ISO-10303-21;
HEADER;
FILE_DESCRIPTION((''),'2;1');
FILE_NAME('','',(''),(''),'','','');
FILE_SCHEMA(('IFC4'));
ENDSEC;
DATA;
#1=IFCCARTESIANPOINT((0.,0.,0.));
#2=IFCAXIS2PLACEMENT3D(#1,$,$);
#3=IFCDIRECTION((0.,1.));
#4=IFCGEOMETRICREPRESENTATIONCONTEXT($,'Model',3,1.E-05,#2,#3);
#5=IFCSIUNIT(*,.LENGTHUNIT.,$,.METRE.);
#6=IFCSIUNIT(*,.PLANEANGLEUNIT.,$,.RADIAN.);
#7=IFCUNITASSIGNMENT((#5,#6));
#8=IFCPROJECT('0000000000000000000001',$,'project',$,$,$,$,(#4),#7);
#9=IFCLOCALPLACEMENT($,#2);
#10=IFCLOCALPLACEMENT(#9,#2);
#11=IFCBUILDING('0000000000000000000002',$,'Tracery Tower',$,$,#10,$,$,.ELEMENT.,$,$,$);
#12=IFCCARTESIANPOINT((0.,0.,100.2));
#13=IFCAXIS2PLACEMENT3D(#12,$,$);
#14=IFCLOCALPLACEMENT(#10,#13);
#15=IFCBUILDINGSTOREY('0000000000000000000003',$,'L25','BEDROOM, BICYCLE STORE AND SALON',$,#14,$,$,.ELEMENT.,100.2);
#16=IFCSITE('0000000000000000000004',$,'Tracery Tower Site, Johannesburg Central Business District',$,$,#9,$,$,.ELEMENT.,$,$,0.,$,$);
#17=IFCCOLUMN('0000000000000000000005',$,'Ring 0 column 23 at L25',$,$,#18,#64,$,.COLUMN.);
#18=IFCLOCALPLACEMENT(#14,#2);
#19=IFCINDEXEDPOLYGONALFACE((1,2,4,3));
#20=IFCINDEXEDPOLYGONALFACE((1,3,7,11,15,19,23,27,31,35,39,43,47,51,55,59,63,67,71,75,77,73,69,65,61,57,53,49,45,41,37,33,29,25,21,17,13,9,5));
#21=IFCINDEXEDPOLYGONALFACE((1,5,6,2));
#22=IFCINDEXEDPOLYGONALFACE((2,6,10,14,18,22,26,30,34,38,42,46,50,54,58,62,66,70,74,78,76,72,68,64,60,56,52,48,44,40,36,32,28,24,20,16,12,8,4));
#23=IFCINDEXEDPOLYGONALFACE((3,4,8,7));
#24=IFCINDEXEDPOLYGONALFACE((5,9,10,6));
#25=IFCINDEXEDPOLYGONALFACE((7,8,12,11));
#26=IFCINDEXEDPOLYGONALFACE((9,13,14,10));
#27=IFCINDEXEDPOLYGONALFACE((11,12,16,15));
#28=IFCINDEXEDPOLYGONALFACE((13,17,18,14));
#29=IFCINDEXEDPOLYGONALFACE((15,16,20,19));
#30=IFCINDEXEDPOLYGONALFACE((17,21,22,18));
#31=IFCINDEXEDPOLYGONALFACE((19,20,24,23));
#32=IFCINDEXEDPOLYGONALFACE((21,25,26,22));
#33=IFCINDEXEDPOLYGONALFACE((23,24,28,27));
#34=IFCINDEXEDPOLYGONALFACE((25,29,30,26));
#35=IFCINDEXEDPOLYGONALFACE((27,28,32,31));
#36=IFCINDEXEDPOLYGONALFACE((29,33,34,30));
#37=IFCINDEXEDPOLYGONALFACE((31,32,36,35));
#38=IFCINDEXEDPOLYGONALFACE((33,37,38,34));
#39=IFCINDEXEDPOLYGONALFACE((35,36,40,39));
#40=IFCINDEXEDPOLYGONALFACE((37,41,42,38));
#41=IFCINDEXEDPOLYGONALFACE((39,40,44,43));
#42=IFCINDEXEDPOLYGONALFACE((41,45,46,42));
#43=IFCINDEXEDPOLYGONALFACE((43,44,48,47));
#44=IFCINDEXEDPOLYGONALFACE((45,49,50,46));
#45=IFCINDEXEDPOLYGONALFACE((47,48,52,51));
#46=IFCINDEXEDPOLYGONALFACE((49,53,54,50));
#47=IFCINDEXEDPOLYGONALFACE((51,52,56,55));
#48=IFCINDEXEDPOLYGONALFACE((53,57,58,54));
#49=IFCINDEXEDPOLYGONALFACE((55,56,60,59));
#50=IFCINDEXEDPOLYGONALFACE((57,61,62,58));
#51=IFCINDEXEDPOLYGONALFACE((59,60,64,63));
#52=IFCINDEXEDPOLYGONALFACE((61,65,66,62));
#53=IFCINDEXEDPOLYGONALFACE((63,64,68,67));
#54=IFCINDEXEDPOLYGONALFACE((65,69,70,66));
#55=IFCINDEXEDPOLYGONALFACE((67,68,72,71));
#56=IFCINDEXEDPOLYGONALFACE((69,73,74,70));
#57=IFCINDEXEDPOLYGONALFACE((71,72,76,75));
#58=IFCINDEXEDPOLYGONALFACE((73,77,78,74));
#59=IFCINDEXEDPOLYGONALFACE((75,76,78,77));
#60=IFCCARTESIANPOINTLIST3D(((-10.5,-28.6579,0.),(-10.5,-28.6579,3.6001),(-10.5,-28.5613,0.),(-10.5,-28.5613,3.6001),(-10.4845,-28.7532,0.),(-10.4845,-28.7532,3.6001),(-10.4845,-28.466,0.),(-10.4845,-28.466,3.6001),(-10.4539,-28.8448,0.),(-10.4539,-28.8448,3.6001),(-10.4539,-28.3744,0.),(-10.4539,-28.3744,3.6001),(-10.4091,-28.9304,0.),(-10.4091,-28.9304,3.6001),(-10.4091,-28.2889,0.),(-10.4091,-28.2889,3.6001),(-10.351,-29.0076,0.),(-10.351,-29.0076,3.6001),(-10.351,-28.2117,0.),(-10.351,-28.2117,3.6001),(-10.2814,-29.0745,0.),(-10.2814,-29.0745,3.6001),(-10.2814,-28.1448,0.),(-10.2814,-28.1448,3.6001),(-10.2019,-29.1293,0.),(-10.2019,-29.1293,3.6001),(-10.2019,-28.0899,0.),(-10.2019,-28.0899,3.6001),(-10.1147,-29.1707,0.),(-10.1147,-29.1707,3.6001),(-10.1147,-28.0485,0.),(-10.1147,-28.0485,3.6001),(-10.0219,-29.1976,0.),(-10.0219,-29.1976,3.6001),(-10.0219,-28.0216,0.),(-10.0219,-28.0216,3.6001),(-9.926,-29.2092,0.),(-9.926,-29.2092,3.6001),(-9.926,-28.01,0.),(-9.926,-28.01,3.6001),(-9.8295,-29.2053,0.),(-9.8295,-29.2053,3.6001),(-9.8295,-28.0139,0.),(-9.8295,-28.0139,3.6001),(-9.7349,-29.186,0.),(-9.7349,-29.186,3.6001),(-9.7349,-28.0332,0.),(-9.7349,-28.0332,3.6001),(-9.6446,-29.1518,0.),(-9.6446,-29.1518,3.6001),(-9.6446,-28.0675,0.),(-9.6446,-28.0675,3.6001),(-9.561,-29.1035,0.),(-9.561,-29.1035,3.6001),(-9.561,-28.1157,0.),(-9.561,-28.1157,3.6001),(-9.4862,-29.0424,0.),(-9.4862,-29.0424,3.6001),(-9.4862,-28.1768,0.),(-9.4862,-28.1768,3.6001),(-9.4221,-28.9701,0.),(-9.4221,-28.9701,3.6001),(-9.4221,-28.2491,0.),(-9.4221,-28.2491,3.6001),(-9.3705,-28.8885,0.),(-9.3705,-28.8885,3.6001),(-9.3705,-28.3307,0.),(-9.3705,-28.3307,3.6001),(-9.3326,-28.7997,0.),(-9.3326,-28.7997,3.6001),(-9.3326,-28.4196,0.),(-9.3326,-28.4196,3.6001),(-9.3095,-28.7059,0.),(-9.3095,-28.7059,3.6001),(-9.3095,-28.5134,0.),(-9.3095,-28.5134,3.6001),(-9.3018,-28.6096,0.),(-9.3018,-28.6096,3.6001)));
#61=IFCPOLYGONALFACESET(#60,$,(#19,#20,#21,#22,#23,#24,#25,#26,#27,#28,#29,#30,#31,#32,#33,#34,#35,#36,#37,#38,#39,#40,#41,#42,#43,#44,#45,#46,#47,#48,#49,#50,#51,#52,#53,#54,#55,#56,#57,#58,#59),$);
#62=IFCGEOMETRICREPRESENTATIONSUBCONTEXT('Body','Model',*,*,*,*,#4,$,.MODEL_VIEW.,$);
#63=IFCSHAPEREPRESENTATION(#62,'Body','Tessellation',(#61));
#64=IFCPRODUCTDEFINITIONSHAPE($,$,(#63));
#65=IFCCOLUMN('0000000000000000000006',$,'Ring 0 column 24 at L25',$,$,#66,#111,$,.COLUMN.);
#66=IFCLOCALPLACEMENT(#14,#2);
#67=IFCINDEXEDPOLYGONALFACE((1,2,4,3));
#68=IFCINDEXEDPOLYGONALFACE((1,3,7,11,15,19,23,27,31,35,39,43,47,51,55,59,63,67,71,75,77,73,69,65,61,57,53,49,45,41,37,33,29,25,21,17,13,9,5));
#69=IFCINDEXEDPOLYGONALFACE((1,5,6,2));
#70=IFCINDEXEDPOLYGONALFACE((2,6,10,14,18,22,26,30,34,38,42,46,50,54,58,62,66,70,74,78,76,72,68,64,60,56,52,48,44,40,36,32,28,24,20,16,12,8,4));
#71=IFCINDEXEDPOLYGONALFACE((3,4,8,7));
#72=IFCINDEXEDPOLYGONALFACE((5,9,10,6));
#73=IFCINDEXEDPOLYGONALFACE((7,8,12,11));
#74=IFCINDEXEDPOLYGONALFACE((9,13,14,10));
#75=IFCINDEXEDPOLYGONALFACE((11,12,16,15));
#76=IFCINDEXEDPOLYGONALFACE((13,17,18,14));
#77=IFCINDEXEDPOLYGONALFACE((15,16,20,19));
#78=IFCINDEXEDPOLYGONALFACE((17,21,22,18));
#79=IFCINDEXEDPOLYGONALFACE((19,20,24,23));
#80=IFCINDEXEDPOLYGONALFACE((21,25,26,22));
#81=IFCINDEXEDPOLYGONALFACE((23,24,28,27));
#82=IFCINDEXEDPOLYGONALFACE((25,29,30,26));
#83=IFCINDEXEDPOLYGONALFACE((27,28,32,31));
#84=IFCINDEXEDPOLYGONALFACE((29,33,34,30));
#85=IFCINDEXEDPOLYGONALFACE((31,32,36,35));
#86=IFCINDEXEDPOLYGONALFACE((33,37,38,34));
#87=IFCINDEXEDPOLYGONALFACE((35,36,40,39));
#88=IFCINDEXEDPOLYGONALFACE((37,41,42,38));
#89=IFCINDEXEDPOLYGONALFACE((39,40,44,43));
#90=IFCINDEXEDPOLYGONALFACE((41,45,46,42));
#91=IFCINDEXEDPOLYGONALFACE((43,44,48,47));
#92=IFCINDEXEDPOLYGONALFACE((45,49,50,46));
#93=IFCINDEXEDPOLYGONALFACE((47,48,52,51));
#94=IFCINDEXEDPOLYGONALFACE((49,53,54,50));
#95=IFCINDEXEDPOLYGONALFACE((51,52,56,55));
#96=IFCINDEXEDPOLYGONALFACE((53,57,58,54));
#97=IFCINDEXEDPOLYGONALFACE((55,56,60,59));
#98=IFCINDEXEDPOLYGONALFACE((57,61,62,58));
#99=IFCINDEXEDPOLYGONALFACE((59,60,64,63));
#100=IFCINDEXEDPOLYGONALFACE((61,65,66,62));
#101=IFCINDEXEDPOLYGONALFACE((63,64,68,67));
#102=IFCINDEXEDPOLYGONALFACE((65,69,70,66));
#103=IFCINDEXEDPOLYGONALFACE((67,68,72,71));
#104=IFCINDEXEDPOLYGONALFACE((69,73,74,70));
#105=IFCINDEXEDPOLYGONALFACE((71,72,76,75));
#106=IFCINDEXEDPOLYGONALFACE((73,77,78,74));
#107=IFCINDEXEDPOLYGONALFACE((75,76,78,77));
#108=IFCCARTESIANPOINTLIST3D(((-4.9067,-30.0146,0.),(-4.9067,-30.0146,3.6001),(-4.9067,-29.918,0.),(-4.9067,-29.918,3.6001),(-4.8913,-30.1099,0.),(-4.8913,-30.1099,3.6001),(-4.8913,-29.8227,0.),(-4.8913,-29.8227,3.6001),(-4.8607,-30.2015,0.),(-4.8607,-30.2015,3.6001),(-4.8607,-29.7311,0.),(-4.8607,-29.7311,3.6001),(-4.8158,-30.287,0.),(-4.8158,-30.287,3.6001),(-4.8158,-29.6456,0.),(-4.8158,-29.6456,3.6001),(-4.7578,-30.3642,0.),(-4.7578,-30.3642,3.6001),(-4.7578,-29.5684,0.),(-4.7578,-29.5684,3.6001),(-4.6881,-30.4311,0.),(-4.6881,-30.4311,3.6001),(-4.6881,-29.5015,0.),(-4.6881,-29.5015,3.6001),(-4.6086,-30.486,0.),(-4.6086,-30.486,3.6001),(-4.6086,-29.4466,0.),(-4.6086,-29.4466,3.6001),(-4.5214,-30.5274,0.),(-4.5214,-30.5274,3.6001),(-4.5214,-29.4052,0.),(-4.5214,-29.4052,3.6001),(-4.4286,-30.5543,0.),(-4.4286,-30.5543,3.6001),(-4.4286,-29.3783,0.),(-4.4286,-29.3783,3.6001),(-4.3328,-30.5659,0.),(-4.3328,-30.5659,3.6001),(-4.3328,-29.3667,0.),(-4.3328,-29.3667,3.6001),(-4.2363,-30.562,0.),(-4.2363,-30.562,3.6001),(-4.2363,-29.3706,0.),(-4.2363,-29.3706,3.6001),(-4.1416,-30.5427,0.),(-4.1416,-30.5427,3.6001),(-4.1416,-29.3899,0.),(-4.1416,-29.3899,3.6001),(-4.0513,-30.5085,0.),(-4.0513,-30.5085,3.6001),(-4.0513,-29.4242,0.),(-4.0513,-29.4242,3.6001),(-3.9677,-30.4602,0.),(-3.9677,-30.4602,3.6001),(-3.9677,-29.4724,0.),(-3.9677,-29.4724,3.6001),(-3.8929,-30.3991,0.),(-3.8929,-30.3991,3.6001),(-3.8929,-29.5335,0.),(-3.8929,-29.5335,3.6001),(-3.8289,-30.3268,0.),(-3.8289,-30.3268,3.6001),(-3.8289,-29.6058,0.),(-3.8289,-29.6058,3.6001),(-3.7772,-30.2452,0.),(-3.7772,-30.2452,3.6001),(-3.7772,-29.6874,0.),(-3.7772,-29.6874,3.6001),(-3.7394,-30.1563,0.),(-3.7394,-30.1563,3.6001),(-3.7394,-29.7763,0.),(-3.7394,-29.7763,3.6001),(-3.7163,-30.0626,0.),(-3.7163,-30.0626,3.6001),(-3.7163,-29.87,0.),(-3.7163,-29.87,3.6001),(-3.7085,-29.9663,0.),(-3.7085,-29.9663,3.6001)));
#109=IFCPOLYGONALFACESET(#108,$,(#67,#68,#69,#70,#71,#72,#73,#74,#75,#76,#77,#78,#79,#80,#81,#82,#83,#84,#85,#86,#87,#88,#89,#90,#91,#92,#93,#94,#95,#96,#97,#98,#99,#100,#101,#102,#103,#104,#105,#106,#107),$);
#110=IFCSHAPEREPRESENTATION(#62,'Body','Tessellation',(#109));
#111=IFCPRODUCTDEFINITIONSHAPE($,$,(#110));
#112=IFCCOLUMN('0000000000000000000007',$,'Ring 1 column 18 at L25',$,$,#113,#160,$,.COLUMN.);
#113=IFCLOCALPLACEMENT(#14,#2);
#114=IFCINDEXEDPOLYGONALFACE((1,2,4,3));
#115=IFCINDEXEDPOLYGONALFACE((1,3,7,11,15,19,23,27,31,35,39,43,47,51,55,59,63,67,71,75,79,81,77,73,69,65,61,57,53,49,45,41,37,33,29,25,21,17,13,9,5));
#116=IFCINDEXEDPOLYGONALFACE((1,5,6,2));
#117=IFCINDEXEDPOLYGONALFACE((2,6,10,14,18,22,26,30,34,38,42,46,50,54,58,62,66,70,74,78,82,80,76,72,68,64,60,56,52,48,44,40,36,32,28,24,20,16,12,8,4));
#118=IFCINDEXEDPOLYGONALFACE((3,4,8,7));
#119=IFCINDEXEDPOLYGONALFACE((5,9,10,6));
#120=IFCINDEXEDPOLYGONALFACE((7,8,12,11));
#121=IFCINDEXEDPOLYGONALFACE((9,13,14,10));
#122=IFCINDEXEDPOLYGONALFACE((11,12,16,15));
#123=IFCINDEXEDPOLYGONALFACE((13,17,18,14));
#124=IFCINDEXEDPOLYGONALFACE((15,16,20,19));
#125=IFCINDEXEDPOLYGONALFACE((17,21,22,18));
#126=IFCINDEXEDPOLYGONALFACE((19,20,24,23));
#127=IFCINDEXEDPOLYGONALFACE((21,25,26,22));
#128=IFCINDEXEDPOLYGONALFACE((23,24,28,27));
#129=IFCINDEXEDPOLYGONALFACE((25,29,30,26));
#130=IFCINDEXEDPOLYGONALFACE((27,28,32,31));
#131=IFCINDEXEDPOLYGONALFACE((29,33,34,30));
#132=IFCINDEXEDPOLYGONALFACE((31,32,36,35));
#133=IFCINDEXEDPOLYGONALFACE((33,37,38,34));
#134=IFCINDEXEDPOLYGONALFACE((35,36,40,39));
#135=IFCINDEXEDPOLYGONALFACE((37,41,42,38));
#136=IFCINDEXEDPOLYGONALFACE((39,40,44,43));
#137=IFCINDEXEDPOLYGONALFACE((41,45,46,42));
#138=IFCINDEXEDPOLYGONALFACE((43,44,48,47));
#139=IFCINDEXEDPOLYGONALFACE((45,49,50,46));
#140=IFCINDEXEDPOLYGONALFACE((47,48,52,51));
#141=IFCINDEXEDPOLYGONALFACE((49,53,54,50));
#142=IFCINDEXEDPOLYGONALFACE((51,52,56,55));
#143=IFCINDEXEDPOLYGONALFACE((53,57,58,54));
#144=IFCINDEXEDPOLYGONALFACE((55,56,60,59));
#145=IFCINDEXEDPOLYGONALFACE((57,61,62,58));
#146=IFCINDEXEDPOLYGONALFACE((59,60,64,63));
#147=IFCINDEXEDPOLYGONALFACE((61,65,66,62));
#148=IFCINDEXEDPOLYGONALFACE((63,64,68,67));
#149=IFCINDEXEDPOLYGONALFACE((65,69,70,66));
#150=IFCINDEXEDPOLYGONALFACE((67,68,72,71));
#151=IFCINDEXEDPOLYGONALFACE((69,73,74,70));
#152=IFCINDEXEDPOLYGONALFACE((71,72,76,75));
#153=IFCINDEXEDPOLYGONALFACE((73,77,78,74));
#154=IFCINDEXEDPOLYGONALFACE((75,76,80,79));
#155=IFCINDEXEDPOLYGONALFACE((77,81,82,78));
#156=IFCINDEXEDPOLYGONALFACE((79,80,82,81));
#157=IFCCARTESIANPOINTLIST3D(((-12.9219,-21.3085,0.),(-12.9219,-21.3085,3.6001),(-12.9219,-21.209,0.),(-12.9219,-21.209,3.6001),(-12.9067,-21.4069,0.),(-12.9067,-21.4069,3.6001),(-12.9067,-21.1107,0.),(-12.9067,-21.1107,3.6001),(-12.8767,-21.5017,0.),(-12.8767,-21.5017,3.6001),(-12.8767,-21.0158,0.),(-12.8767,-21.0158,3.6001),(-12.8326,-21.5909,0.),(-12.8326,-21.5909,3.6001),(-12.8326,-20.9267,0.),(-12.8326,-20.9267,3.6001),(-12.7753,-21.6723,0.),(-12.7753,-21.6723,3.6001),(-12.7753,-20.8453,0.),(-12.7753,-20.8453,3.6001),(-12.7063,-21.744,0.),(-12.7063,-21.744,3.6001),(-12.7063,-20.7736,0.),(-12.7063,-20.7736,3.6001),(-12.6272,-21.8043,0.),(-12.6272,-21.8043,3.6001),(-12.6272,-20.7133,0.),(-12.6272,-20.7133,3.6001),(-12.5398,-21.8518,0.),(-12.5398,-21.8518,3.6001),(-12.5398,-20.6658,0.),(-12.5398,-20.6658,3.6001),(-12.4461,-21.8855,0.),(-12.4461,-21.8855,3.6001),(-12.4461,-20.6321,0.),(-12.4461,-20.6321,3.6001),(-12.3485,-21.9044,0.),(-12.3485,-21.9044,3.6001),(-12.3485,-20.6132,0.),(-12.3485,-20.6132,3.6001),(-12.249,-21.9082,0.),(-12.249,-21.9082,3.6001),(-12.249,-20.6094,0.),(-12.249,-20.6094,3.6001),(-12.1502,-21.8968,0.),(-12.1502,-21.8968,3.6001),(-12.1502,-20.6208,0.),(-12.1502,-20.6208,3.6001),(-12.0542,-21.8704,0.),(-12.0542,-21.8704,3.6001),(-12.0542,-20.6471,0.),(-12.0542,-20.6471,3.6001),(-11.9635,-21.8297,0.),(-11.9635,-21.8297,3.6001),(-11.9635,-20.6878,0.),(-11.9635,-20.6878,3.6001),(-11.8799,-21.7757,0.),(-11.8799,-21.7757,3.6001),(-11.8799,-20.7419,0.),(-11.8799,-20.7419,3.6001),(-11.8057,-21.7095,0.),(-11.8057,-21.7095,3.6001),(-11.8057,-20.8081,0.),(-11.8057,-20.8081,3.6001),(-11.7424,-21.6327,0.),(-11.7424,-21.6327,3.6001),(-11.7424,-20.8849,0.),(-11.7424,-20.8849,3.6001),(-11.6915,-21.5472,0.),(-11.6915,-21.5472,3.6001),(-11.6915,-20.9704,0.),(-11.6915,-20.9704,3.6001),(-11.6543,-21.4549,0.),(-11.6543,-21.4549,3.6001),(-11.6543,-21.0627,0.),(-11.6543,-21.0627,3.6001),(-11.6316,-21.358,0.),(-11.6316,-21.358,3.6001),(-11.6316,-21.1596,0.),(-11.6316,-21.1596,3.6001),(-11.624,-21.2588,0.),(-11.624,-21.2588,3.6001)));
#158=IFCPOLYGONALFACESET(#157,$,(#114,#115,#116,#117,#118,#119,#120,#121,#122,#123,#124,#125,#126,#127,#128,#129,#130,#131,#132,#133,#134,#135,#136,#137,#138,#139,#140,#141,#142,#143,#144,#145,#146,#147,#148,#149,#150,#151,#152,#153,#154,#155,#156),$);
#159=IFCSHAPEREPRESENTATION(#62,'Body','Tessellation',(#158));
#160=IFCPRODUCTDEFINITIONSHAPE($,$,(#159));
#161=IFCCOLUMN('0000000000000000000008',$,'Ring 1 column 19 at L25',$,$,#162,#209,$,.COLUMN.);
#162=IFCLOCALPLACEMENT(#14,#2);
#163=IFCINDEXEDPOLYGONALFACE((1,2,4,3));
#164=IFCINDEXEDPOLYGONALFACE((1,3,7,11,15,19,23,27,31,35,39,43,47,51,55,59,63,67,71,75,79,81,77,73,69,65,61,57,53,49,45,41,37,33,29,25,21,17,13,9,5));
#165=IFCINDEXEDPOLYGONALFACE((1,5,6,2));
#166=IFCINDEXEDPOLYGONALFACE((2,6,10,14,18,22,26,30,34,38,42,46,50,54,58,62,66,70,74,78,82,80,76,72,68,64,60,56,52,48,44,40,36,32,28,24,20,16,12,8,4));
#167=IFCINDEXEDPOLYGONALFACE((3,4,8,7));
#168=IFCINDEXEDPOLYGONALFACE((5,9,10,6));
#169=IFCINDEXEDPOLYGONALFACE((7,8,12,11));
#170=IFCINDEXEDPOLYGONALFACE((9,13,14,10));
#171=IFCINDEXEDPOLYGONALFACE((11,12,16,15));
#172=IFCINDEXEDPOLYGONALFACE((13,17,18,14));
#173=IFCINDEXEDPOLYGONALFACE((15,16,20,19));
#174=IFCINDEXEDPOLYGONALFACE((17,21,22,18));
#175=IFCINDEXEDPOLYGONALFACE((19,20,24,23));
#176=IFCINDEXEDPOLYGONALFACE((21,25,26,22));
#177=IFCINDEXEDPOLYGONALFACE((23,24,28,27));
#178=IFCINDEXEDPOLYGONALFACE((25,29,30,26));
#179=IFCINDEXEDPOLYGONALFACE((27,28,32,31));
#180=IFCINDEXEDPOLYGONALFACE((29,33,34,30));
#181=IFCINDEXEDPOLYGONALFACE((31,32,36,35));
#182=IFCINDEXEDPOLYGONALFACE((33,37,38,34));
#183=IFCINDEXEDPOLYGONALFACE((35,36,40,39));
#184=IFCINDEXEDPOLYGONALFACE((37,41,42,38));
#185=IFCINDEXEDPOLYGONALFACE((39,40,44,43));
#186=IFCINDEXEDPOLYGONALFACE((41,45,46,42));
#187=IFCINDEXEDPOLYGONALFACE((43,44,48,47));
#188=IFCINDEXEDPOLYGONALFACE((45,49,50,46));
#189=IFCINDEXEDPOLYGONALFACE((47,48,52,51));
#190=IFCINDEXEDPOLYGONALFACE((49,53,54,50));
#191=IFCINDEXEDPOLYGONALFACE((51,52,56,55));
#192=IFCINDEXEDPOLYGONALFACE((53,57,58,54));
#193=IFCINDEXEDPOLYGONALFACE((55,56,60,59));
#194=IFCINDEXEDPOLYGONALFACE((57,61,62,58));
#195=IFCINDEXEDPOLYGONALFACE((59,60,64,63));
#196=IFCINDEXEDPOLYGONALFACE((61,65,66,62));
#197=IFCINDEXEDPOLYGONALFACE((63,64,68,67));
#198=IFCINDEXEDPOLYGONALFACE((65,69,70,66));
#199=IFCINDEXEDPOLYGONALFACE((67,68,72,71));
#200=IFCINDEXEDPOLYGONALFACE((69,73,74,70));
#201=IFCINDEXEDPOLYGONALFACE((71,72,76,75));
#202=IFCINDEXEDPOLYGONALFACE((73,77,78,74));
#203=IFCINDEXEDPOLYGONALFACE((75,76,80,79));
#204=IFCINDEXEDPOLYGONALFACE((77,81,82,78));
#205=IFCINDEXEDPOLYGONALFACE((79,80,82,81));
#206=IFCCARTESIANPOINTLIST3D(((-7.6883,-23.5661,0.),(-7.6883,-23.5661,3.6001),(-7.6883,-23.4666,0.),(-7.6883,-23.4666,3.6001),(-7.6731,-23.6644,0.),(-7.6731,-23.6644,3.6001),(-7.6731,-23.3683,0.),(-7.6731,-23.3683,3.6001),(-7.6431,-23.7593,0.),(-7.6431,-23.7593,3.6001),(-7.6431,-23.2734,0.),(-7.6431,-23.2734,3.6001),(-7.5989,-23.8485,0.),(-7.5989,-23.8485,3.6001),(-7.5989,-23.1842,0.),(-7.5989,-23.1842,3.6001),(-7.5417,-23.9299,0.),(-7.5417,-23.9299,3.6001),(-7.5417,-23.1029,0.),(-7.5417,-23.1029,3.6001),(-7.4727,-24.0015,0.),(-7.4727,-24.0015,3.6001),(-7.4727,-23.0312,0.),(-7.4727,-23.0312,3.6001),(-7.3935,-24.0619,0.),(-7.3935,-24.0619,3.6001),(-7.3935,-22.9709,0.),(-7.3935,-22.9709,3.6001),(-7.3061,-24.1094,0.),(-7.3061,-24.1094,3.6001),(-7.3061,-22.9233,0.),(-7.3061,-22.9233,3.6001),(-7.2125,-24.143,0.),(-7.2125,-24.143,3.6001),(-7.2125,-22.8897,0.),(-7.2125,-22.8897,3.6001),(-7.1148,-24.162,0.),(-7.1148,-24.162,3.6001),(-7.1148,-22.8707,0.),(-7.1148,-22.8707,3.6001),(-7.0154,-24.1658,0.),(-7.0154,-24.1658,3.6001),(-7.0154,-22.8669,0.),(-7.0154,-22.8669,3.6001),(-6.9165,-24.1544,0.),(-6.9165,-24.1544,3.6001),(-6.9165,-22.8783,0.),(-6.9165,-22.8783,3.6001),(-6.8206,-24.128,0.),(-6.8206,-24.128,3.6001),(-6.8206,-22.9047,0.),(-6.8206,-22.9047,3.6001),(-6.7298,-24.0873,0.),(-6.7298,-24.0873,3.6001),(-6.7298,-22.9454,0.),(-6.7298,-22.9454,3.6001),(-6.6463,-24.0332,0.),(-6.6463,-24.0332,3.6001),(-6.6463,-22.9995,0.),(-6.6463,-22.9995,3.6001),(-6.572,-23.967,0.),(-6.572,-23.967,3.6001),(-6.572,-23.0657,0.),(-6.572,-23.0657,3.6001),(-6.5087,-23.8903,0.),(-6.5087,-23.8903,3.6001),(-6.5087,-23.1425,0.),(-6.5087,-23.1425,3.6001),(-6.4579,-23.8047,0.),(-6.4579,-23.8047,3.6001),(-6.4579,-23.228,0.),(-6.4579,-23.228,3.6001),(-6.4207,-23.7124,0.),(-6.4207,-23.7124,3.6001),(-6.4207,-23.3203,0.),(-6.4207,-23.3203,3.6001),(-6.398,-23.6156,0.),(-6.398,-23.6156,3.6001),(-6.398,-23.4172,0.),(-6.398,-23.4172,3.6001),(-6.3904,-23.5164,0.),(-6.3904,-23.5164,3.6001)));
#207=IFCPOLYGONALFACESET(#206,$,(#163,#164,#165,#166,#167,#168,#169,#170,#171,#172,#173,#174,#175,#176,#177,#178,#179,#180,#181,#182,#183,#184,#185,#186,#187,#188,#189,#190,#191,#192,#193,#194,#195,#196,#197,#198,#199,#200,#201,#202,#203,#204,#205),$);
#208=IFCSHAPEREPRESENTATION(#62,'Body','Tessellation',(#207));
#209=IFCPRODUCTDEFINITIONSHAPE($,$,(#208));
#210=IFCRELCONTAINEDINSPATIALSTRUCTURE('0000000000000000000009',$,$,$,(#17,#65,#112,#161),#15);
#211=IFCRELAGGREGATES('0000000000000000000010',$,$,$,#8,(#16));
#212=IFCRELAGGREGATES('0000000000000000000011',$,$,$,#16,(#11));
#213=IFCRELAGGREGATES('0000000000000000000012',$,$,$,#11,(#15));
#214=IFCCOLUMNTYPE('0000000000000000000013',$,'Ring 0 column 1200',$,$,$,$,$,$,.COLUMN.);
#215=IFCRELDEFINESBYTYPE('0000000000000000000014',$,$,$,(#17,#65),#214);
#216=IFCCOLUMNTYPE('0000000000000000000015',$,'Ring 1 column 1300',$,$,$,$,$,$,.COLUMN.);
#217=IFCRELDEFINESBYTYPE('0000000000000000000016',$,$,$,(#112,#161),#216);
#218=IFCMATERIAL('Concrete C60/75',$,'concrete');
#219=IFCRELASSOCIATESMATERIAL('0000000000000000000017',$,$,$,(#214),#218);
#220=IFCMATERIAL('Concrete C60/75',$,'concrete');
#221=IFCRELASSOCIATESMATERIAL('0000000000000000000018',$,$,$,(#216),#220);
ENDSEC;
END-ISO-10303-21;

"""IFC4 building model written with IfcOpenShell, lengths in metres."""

from ifc_helpers import new_model, si_unit, direction, frame, origin, origin_2d, place, context, subcontext, project, spatial, circle, extrude, material, material_profile, profile_set, type_object, element, save


model = new_model("IFC4")

# Units and contexts
model_context = context("Model", 3, precision=1e-05, world=origin(), true_north=direction((0.0, 1.0)))
body_context = subcontext(model_context, "Body", "Model", "MODEL_VIEW")
ifc_project = project(units=[si_unit("LENGTHUNIT", "METRE"), si_unit("PLANEANGLEUNIT", "RADIAN")], contexts=[model_context])

# Site, building, storey
site_placement = place(None, origin())
site = spatial("IfcSite", under=ifc_project, at=site_placement, Name="Tracery Tower Site, Johannesburg Central Business District", CompositionType="ELEMENT", RefElevation=0.0)
building_placement = place(site_placement, origin())
building = spatial("IfcBuilding", under=site, at=building_placement, Name="Tracery Tower", CompositionType="ELEMENT")
storey_placement = place(building_placement, frame((0.0, 0.0, 100.2)))
storey = spatial("IfcBuildingStorey", under=building, at=storey_placement, Name="L25", Description="BEDROOM, BICYCLE STORE AND SALON", CompositionType="ELEMENT", Elevation=100.2)

# Columns
ifc_material_1 = material(Name="Concrete C60/75", Category="concrete")
ifc_material_profile_1 = material_profile(ifc_material_1, circle(Radius=0.6001, at=origin_2d()), Name="RC D1200")
ifc_profile_set_1 = profile_set([ifc_material_profile_1], Name="Concrete C60/75")
column_type_1 = type_object("IfcColumnType", Name="Ring 0 column 1200", PredefinedType="COLUMN", material=ifc_profile_set_1)
for number, where, z_axis, x_axis, name in (
    (1, (-9.9019, -28.6096, 0.0), (0.0, 0.0, 1.0), (1.0, 0.0, 0.0), "Ring 0 column 23 at L25"),
    (2, (-4.3086, -29.9663, 0.0), (0.0, 0.0, 1.0), (1.0, 0.0, 0.0), "Ring 0 column 24 at L25"),
):
    element("IfcColumn", number, at=place(storey_placement, frame(where, z_axis=z_axis, x_axis=x_axis)), inside=storey, type_object=column_type_1, Name=name, PredefinedType="COLUMN", context=body_context, shape_type="SweptSolid", body=[
        extrude(circle(Radius=0.6001, at=origin_2d()), origin(), (0.0, 0.0, 1.0), 3.6001),
    ])
ifc_material_2 = material(Name="Concrete C60/75", Category="concrete")
ifc_material_profile_2 = material_profile(ifc_material_2, circle(Radius=0.6499, at=origin_2d()), Name="RC D1300")
ifc_profile_set_2 = profile_set([ifc_material_profile_2], Name="Concrete C60/75")
column_type_2 = type_object("IfcColumnType", Name="Ring 1 column 1300", PredefinedType="COLUMN", material=ifc_profile_set_2)
for number, where, z_axis, x_axis, name in (
    (3, (-12.2739, -21.2588, 0.0), (0.0, 0.0, 1.0), (1.0, 0.0, 0.0), "Ring 1 column 18 at L25"),
    (4, (-7.0403, -23.5164, 0.0), (0.0, 0.0, 1.0), (1.0, 0.0, 0.0), "Ring 1 column 19 at L25"),
):
    element("IfcColumn", number, at=place(storey_placement, frame(where, z_axis=z_axis, x_axis=x_axis)), inside=storey, type_object=column_type_2, Name=name, PredefinedType="COLUMN", context=body_context, shape_type="SweptSolid", body=[
        extrude(circle(Radius=0.6499, at=origin_2d()), origin(), (0.0, 0.0, 1.0), 3.6001),
    ])

save(model, "model.ifc")
